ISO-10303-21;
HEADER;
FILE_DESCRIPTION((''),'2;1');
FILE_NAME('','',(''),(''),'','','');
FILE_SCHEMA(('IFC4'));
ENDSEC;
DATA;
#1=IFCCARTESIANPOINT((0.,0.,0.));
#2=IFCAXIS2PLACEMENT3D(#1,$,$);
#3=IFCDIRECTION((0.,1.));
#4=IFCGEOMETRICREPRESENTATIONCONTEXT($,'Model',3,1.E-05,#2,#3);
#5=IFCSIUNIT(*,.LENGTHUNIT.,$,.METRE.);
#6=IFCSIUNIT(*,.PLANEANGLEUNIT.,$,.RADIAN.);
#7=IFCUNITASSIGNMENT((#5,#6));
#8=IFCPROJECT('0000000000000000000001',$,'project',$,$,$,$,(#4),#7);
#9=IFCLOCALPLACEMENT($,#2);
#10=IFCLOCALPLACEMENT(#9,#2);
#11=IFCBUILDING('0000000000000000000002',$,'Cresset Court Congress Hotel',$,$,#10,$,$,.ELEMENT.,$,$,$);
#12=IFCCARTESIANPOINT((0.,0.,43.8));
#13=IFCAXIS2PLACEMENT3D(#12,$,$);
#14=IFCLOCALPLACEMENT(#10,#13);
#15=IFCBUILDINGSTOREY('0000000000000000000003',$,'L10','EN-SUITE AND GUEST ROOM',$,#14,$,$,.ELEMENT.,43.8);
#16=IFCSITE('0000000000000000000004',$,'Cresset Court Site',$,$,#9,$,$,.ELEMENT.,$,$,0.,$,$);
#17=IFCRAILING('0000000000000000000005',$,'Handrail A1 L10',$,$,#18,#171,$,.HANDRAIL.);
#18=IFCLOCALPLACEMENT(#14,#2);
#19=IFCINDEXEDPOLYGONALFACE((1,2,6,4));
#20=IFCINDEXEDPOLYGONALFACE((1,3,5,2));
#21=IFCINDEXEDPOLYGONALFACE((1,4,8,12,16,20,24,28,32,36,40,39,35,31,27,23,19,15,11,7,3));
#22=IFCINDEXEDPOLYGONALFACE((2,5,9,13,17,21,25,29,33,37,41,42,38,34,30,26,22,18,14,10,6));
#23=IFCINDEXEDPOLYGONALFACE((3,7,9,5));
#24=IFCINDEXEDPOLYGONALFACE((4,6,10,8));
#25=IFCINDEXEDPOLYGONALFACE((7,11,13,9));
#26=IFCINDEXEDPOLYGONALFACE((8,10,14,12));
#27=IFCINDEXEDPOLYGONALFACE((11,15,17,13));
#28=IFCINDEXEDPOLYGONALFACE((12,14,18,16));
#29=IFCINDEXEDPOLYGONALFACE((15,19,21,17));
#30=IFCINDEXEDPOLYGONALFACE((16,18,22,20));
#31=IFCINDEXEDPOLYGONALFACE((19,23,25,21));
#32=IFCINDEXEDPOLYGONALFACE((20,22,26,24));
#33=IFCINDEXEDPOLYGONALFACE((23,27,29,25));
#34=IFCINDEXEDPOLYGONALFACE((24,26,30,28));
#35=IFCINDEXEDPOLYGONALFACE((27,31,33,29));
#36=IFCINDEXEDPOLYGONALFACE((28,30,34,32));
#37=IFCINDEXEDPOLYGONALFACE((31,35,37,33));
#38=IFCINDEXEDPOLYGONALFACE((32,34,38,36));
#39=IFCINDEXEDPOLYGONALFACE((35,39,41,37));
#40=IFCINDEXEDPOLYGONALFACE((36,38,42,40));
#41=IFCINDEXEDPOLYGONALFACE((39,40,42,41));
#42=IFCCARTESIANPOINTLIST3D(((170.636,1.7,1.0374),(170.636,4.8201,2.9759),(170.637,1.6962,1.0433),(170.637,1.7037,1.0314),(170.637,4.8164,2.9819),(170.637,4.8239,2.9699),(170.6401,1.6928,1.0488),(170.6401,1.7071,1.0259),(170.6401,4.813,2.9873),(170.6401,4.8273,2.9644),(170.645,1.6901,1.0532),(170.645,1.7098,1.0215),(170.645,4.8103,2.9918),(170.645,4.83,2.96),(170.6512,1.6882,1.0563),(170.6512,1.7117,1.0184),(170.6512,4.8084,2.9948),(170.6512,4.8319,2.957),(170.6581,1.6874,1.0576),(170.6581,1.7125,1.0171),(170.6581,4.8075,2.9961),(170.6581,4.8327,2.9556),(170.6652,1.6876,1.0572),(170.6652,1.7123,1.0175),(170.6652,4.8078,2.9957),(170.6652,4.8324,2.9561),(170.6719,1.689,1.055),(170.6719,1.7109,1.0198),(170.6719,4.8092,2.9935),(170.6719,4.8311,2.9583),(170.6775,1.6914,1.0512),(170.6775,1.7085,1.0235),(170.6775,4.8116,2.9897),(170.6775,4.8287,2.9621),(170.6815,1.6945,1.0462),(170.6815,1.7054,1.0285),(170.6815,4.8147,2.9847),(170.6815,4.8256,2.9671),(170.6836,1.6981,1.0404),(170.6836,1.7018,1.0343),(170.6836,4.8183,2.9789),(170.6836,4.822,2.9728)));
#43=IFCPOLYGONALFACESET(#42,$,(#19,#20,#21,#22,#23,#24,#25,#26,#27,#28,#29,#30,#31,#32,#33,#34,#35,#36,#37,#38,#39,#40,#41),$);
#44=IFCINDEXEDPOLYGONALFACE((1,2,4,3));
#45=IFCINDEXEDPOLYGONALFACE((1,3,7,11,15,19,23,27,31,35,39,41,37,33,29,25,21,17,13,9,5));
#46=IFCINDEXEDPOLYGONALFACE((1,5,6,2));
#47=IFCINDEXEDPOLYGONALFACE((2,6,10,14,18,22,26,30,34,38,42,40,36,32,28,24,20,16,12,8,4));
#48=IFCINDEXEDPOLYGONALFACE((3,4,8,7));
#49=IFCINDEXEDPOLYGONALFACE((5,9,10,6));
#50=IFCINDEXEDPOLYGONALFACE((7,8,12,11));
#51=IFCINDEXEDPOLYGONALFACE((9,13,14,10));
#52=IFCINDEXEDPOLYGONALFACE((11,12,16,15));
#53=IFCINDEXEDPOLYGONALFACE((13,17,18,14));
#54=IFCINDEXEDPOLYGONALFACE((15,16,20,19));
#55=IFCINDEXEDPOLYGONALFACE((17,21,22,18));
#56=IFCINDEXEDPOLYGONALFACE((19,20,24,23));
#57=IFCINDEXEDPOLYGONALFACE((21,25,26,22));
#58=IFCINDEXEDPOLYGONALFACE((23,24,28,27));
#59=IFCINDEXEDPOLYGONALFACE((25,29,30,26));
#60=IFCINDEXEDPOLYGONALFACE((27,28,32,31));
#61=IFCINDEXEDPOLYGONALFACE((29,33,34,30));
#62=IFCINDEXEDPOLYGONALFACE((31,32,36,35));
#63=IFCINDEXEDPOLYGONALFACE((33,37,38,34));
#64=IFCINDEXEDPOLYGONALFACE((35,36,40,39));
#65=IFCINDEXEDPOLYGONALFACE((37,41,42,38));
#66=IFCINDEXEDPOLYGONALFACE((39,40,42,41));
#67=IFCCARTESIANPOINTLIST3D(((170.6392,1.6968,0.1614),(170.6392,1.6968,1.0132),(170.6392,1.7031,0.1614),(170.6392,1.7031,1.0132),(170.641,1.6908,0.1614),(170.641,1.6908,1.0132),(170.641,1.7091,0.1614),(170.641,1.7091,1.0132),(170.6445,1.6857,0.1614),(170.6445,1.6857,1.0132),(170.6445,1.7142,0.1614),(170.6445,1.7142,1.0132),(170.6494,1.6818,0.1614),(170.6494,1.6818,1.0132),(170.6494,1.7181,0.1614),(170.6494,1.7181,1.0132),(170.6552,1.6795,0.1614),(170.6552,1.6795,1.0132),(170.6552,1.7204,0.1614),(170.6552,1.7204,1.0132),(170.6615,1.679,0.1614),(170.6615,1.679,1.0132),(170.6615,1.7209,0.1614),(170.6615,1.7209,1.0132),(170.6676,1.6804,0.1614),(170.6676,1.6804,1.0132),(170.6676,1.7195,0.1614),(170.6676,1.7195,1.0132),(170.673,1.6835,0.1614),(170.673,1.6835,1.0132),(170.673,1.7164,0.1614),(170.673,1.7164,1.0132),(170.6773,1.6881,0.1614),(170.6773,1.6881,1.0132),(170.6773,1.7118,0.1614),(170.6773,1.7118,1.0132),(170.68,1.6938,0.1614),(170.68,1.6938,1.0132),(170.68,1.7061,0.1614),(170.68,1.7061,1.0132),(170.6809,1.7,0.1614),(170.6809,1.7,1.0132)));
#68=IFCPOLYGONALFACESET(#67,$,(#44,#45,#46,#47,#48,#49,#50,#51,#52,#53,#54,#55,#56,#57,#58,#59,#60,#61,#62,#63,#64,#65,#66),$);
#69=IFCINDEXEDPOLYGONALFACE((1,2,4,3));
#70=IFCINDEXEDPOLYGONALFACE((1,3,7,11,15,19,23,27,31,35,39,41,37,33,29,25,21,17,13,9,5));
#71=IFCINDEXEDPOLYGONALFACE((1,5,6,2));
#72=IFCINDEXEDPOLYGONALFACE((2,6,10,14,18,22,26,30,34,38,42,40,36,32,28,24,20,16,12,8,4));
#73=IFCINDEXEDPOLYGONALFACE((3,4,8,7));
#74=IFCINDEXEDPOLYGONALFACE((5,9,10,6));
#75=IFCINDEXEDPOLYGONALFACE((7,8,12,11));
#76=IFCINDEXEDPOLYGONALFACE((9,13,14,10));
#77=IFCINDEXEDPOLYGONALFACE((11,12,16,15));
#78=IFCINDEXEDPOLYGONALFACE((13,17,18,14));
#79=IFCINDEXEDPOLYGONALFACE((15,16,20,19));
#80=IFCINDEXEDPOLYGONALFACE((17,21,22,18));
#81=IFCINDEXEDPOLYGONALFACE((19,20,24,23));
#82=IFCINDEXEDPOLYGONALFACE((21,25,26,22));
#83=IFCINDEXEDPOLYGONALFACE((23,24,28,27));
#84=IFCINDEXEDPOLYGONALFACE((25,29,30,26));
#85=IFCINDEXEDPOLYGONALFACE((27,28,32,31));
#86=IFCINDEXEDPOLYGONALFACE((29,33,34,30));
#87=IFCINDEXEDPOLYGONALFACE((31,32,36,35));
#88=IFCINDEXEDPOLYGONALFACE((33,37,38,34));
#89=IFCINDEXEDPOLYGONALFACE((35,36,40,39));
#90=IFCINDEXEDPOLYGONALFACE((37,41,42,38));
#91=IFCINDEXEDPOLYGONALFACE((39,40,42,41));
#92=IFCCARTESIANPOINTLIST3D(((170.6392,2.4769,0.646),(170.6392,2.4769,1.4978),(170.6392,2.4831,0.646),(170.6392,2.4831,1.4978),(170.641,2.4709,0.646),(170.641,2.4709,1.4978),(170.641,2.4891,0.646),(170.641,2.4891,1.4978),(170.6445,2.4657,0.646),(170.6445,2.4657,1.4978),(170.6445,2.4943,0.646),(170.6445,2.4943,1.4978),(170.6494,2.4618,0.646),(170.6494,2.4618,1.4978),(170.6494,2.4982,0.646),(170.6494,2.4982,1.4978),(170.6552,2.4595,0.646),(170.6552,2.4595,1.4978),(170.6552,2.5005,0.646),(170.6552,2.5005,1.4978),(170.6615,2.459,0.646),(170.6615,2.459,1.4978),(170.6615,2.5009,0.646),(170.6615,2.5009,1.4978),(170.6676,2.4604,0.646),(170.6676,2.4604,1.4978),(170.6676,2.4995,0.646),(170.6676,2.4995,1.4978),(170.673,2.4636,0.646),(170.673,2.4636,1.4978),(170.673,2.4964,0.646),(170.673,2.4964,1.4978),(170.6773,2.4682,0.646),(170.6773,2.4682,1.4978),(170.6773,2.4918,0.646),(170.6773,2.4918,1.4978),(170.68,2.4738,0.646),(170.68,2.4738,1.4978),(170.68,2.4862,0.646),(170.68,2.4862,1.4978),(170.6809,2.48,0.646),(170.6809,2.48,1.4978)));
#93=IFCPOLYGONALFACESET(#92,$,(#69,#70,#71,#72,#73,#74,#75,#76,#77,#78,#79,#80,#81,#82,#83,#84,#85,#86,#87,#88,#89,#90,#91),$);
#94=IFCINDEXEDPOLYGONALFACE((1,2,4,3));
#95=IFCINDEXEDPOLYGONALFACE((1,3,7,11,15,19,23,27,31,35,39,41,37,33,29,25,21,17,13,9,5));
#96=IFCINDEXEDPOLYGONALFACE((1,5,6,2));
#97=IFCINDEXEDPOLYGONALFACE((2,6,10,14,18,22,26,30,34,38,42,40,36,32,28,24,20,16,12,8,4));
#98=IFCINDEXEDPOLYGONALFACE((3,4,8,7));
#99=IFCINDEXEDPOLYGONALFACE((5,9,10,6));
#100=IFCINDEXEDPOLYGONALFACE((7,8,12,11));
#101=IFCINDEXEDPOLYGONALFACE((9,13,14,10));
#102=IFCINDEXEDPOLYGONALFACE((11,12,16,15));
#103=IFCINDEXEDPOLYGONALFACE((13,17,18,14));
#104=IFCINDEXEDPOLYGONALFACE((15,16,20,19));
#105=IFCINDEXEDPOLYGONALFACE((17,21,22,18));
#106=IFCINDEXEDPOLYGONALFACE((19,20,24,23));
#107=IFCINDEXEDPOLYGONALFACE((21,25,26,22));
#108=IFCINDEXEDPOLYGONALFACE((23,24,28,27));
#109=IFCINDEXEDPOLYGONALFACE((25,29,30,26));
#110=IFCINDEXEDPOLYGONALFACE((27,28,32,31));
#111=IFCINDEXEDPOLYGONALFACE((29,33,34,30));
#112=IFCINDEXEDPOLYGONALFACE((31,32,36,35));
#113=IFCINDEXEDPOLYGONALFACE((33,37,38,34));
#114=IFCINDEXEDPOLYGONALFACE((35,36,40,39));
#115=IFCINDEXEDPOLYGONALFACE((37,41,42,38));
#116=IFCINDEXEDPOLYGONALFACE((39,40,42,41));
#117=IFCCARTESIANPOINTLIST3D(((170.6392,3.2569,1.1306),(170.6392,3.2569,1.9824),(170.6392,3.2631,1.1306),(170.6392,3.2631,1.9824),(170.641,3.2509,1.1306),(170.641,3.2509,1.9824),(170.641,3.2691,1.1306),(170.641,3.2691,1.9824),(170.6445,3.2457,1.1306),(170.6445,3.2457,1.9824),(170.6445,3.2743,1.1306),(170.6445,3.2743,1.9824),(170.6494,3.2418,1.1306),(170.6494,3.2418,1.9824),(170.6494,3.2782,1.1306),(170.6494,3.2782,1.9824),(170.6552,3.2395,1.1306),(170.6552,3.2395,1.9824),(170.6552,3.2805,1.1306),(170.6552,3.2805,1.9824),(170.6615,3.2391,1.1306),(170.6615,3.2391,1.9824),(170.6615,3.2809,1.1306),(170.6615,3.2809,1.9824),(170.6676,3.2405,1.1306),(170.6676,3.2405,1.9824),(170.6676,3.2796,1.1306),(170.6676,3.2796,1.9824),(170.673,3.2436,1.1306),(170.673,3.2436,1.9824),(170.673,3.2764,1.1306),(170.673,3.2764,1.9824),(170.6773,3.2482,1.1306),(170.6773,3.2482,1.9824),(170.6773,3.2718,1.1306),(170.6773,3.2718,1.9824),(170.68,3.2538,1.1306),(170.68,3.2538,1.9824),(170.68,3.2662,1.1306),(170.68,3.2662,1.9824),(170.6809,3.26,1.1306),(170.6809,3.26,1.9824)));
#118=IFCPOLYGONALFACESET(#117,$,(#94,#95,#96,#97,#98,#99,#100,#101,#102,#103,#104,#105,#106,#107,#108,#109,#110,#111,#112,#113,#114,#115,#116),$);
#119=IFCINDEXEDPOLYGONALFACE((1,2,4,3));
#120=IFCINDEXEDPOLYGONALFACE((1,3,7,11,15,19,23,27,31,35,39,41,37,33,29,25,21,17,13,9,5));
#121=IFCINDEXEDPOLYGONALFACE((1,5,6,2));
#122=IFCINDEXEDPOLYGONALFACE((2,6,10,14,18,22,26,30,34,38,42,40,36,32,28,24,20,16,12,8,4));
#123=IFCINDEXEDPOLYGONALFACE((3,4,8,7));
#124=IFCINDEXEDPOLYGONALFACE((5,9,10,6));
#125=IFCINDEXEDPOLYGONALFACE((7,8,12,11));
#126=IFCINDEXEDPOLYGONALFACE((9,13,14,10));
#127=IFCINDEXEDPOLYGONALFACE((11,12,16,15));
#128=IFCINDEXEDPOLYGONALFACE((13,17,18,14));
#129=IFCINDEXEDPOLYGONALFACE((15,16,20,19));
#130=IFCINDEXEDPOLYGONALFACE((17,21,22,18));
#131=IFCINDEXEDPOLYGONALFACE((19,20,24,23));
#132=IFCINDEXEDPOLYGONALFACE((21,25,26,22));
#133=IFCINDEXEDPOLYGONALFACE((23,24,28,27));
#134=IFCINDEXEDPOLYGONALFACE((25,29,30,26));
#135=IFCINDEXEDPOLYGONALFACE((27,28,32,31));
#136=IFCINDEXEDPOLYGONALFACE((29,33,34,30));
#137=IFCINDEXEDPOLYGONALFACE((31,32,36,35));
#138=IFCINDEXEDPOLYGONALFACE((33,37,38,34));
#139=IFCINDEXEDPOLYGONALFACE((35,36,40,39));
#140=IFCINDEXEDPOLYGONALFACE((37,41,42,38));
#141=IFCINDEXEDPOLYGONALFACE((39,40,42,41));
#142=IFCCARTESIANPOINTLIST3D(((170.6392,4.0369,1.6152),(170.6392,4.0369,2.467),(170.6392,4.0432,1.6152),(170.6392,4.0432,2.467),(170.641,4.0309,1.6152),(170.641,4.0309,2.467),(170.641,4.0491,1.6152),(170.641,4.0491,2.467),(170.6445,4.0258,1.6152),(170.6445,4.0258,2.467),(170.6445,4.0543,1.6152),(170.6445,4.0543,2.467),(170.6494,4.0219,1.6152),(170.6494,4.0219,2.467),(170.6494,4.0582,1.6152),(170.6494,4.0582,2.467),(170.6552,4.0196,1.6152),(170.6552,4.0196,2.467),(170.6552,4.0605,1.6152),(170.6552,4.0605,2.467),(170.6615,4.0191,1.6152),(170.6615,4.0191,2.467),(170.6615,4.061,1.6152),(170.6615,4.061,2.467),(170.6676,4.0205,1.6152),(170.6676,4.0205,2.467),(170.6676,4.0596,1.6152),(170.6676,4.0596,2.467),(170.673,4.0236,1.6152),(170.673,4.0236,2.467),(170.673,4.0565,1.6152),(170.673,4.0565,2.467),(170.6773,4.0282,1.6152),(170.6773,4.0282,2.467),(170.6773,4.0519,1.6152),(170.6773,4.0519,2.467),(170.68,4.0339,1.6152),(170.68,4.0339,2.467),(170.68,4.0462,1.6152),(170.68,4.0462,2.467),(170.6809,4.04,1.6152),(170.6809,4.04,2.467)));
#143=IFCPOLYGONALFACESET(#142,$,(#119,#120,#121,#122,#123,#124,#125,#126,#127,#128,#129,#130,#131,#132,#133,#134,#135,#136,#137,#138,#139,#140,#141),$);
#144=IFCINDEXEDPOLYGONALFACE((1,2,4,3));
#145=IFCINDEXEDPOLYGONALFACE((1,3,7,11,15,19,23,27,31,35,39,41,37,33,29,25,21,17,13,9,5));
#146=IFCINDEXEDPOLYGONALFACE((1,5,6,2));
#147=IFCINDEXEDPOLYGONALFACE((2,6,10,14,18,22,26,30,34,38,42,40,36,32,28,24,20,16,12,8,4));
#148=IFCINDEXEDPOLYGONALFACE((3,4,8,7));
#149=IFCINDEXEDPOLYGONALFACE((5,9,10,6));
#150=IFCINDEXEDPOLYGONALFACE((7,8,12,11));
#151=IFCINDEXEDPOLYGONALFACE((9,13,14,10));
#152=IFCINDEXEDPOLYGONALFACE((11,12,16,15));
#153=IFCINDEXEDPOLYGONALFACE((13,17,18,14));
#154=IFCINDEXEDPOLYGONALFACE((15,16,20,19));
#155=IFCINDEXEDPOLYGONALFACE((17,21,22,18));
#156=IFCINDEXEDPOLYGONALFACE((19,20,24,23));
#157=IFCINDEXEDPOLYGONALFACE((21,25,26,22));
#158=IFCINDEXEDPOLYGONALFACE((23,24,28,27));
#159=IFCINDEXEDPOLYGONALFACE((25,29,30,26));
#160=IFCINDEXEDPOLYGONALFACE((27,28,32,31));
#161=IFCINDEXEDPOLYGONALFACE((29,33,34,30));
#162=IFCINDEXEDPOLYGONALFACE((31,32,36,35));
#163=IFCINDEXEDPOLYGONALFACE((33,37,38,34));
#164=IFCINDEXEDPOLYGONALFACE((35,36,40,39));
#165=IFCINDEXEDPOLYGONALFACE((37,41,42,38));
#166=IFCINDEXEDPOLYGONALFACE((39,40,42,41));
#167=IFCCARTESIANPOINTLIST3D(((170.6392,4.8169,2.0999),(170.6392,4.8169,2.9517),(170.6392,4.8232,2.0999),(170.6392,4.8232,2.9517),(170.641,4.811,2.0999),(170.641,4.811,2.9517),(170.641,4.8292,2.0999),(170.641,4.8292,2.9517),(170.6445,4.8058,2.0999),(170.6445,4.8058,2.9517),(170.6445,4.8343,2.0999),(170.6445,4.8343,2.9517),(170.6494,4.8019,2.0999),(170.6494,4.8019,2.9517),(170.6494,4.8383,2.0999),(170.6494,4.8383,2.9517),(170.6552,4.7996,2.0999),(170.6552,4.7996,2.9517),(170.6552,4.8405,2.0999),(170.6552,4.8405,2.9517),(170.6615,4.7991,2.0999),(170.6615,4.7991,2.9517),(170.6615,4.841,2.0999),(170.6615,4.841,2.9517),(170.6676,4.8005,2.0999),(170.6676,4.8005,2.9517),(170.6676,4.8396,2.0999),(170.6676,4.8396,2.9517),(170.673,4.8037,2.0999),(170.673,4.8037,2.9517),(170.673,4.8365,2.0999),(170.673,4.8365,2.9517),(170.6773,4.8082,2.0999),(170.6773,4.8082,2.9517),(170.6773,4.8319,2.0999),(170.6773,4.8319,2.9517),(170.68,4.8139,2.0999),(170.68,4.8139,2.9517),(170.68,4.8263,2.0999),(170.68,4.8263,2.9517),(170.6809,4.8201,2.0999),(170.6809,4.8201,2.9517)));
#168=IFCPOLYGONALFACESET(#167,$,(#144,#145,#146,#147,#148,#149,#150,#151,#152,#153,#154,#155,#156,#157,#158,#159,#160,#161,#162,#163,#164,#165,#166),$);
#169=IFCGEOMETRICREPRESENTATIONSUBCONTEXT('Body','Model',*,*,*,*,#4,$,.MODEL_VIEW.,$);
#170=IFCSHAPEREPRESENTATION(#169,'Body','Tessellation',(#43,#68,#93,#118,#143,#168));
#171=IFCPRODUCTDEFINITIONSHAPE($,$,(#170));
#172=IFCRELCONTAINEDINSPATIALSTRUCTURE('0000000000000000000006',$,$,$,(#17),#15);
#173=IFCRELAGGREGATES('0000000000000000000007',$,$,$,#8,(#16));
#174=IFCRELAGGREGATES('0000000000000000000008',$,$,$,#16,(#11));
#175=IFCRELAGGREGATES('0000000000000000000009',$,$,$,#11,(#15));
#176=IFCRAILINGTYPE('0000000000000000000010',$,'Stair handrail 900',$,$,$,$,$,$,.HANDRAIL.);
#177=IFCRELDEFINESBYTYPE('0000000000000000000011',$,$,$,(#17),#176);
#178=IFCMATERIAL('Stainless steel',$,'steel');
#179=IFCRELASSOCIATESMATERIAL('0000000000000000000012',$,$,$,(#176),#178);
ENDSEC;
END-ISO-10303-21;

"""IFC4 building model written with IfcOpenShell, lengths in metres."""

from ifc_helpers import new_model, si_unit, direction, frame, origin, origin_2d, place, context, subcontext, project, spatial, circle, extrude, material, type_object, element, save


model = new_model("IFC4")

# Units and contexts
model_context = context("Model", 3, precision=1e-05, world=origin(), true_north=direction((0.0, 1.0)))
body_context = subcontext(model_context, "Body", "Model", "MODEL_VIEW")
ifc_project = project(units=[si_unit("LENGTHUNIT", "METRE"), si_unit("PLANEANGLEUNIT", "RADIAN")], contexts=[model_context])

# Site, building, storey
site_placement = place(None, origin())
site = spatial("IfcSite", under=ifc_project, at=site_placement, Name="Cresset Court Site", CompositionType="ELEMENT", RefElevation=0.0)
building_placement = place(site_placement, origin())
building = spatial("IfcBuilding", under=site, at=building_placement, Name="Cresset Court Congress Hotel", CompositionType="ELEMENT")
storey_placement = place(building_placement, frame((0.0, 0.0, 43.8)))
storey = spatial("IfcBuildingStorey", under=building, at=storey_placement, Name="L10", Description="EN-SUITE AND GUEST ROOM", CompositionType="ELEMENT", Elevation=43.8)

# Railing
ifc_material_1 = material(Name="Stainless steel", Category="steel")
railing_type = type_object("IfcRailingType", Name="Stair handrail 900", PredefinedType="HANDRAIL", material=ifc_material_1)
for number, where, name in (
    (1, (170.6599, 1.7, 0.1614), "Handrail A1 L10"),
):
    element("IfcRailing", number, at=place(storey_placement, frame(where)), inside=storey, type_object=railing_type, Name=name, PredefinedType="HANDRAIL", context=body_context, shape_type="SweptSolid", body=[
        extrude(circle(Radius=0.0239, at=origin_2d()), frame((0.0, 0.0, 0.876), z_axis=(0.0, 0.849414, 0.527727), x_axis=(-1.0, 0.0, 0.0)), (0.0, 0.0, 1.0), 3.6733),
        extrude(circle(Radius=0.021, at=origin_2d()), origin(), (0.0, 0.0, 1.0), 0.8518),
        extrude(circle(Radius=0.021, at=origin_2d()), frame((0.0, 0.78, 0.4846)), (0.0, 0.0, 1.0), 0.8518),
        extrude(circle(Radius=0.021, at=origin_2d()), frame((0.0, 1.5601, 0.9692)), (0.0, 0.0, 1.0), 0.8518),
        extrude(circle(Radius=0.021, at=origin_2d()), frame((0.0, 2.3401, 1.4539)), (0.0, 0.0, 1.0), 0.8518),
        extrude(circle(Radius=0.021, at=origin_2d()), frame((0.0, 3.1201, 1.9385)), (0.0, 0.0, 1.0), 0.8518),
    ])

save(model, "model.ifc")
